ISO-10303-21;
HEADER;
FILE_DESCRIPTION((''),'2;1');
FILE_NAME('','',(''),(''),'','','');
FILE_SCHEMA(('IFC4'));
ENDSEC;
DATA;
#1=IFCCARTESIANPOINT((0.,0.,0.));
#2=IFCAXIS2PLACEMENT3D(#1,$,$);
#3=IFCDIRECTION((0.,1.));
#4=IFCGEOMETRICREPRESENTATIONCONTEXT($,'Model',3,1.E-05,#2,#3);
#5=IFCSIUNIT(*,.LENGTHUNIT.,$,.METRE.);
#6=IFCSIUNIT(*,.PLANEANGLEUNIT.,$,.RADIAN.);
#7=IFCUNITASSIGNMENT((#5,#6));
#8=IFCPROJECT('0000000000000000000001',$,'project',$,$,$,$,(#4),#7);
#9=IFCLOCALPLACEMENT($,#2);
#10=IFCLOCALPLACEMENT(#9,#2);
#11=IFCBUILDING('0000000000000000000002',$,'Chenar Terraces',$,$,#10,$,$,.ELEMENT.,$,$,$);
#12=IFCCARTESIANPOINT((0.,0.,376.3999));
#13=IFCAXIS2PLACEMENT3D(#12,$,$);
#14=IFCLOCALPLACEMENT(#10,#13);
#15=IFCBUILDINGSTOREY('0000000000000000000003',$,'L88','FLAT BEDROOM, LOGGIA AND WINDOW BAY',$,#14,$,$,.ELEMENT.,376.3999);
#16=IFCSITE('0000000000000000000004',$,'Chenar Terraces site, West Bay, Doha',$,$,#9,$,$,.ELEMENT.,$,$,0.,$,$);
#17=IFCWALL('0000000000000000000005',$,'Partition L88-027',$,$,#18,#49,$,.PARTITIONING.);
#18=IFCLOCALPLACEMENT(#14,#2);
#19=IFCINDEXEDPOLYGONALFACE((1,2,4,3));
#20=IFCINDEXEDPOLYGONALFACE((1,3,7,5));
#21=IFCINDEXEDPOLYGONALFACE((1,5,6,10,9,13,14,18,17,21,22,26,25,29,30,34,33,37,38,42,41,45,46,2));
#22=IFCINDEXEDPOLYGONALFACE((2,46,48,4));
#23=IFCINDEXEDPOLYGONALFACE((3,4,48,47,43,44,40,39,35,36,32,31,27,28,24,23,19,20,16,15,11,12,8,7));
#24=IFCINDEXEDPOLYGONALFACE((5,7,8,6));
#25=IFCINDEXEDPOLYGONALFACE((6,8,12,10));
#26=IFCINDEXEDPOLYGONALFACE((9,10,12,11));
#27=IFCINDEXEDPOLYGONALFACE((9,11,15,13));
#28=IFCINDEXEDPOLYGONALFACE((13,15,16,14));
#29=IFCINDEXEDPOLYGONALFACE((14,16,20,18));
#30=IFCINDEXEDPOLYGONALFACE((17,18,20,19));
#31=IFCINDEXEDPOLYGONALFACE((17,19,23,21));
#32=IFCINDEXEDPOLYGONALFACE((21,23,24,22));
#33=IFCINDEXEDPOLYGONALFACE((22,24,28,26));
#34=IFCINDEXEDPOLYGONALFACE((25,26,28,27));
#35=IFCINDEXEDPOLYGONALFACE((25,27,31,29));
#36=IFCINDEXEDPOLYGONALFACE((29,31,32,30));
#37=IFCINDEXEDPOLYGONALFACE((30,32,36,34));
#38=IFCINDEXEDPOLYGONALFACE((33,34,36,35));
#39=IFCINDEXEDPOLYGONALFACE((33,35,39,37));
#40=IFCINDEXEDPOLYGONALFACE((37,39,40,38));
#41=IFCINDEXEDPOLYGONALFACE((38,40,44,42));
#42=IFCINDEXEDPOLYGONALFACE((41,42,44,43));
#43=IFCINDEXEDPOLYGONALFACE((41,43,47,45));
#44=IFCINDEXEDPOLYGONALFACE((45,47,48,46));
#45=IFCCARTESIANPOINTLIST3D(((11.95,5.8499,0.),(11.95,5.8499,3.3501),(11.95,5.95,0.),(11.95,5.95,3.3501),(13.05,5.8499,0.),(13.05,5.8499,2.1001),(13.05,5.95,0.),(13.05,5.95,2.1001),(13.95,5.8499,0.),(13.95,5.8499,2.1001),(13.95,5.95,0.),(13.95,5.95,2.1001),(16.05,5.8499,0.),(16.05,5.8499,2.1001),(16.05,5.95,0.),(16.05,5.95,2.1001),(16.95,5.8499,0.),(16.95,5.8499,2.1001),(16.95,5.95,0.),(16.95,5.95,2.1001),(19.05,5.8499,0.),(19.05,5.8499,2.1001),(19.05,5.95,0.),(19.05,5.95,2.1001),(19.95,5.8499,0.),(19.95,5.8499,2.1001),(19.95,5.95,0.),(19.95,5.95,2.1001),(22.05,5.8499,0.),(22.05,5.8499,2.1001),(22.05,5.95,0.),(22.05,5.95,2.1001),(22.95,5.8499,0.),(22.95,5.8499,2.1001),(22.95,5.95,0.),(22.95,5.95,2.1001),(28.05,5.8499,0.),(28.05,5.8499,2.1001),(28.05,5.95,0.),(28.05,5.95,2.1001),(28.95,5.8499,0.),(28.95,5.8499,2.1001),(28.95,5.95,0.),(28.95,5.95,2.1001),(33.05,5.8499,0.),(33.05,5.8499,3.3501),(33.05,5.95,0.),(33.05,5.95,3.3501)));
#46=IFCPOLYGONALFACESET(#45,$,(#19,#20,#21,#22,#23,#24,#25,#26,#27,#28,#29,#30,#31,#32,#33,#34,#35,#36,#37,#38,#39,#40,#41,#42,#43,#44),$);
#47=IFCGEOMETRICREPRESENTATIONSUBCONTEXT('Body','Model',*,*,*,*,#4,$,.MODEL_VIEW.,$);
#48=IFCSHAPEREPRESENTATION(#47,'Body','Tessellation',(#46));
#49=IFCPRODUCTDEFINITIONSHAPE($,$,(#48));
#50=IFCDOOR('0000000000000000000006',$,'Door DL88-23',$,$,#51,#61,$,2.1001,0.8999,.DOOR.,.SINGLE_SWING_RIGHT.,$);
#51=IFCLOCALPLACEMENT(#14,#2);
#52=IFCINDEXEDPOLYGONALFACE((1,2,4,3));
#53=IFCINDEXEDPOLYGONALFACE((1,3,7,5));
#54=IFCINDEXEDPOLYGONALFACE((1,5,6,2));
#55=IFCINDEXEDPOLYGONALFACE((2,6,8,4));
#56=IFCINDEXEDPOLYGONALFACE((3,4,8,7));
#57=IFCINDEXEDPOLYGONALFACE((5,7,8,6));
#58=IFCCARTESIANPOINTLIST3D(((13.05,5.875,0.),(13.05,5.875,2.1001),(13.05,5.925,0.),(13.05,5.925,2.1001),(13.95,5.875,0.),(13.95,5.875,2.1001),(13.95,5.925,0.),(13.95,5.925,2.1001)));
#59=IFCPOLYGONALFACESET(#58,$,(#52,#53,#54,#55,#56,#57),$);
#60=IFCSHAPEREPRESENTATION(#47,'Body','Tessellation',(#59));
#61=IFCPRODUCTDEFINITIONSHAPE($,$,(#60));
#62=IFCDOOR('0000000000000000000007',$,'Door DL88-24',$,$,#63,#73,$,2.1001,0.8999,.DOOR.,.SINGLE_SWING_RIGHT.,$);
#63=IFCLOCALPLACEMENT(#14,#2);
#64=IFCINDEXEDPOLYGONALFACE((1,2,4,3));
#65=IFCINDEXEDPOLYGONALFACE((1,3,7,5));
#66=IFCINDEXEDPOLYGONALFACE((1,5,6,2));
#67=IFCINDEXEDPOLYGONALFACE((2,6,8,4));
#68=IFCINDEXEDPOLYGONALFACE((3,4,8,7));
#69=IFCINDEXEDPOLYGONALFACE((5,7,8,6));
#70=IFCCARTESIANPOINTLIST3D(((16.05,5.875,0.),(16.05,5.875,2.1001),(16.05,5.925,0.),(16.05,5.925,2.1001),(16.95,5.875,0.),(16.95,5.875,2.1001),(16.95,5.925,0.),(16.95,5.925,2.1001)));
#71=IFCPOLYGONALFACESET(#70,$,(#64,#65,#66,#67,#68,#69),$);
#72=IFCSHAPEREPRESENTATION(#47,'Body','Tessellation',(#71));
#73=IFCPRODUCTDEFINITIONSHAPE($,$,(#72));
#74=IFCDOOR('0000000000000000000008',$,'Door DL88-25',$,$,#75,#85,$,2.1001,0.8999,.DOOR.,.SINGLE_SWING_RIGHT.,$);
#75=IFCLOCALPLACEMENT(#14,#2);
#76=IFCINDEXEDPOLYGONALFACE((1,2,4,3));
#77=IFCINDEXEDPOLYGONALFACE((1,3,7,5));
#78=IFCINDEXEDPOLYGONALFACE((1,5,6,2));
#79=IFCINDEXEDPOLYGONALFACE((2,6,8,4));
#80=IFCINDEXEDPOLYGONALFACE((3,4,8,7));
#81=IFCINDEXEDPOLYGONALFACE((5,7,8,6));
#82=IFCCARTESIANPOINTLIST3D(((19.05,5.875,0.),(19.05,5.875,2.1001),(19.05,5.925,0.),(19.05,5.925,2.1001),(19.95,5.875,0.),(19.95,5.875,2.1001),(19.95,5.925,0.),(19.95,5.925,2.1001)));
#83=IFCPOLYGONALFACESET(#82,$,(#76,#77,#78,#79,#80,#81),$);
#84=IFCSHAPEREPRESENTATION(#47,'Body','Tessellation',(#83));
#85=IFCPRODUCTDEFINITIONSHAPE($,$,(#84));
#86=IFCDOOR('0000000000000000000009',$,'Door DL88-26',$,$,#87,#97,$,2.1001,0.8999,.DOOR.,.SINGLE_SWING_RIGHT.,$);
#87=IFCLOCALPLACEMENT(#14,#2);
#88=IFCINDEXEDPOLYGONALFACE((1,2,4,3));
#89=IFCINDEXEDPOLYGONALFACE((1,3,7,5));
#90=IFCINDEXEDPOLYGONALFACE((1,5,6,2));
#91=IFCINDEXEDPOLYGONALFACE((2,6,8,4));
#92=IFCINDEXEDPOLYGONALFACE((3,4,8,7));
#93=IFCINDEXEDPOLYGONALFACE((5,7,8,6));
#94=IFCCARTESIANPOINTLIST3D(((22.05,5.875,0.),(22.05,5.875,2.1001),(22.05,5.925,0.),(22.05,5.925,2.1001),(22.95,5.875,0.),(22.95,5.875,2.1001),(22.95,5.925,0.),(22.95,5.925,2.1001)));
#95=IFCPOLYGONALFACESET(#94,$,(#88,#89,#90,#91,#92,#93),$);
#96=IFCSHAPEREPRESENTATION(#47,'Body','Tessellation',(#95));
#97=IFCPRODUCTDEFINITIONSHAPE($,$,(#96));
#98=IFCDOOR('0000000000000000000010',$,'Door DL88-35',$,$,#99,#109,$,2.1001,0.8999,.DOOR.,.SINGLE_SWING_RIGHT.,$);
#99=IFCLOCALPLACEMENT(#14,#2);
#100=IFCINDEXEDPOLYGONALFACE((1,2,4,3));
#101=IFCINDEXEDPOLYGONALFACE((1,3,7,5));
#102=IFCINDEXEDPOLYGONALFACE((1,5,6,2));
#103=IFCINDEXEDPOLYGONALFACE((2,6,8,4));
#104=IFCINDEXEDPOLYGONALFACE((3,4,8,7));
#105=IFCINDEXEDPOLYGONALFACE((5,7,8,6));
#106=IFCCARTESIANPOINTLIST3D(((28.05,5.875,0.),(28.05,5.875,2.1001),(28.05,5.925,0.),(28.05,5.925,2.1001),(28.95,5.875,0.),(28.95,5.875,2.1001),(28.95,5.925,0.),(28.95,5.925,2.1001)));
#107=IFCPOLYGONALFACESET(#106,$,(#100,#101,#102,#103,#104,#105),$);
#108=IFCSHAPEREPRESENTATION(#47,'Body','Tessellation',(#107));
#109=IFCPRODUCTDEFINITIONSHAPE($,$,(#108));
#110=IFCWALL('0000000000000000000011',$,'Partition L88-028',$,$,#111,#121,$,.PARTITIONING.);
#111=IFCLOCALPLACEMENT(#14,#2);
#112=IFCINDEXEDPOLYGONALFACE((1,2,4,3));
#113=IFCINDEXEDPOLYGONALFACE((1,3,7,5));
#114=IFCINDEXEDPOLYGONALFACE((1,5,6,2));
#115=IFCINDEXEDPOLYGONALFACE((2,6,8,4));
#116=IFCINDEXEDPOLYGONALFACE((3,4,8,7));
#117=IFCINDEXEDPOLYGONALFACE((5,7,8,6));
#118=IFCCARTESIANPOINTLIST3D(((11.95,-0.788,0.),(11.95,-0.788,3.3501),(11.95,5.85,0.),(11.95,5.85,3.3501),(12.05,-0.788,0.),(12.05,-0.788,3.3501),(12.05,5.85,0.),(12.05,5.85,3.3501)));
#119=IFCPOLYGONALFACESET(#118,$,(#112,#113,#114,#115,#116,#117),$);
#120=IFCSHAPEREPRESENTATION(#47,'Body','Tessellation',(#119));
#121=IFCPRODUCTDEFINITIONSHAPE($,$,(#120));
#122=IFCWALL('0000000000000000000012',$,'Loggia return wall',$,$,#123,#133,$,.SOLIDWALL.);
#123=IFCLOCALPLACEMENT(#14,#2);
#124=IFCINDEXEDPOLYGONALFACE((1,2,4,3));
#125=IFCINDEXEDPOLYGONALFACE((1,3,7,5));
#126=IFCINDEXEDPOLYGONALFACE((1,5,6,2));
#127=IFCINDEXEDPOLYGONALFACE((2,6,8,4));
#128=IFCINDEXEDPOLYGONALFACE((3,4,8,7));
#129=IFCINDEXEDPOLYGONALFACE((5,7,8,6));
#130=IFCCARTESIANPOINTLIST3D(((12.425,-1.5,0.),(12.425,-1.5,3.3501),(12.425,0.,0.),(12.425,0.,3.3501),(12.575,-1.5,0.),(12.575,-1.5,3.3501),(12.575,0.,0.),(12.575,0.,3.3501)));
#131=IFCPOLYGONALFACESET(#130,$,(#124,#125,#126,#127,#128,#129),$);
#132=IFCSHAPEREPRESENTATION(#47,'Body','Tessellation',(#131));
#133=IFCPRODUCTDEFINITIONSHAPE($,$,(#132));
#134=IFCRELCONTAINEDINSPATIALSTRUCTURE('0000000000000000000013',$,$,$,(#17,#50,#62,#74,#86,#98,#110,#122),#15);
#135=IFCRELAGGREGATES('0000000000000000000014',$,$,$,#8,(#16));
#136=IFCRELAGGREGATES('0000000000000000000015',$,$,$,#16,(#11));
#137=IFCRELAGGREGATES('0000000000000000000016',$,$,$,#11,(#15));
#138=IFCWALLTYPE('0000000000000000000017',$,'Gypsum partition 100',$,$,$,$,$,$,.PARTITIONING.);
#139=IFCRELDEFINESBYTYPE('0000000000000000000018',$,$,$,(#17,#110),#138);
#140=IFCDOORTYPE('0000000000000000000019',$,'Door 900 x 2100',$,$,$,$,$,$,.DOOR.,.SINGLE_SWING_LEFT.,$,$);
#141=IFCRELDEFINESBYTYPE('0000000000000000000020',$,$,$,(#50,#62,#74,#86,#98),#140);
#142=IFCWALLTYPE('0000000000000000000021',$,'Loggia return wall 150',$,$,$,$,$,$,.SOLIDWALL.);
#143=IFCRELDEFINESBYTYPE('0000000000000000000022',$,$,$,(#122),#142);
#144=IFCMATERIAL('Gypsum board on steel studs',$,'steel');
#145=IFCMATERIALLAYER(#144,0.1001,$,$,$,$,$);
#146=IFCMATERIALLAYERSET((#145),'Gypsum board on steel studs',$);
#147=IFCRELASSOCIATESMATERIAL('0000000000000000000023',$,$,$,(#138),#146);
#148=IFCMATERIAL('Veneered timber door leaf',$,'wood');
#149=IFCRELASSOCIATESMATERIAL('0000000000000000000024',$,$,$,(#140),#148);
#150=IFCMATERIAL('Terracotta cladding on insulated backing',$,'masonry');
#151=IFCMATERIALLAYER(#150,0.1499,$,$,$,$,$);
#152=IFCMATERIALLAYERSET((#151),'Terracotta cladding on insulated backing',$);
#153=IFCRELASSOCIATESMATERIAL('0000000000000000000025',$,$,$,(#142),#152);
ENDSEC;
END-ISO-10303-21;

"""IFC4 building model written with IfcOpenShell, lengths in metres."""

from ifc_helpers import new_model, si_unit, direction, frame, frame_2d, origin, place, context, subcontext, project, spatial, rectangle, extrude, material, layer, layer_set, type_object, element, fill, save


model = new_model("IFC4")

# Units and contexts
model_context = context("Model", 3, precision=1e-05, world=origin(), true_north=direction((0.0, 1.0)))
body_context = subcontext(model_context, "Body", "Model", "MODEL_VIEW")
ifc_project = project(units=[si_unit("LENGTHUNIT", "METRE"), si_unit("PLANEANGLEUNIT", "RADIAN")], contexts=[model_context])

# Site, building, storey
site_placement = place(None, origin())
site = spatial("IfcSite", under=ifc_project, at=site_placement, Name="Chenar Terraces site, West Bay, Doha", CompositionType="ELEMENT", RefElevation=0.0)
building_placement = place(site_placement, origin())
building = spatial("IfcBuilding", under=site, at=building_placement, Name="Chenar Terraces", CompositionType="ELEMENT")
storey_placement = place(building_placement, frame((0.0, 0.0, 376.3999)))
storey = spatial("IfcBuildingStorey", under=building, at=storey_placement, Name="L88", Description="FLAT BEDROOM, LOGGIA AND WINDOW BAY", CompositionType="ELEMENT", Elevation=376.3999)

# Shared definitions
ifc_material_1 = material(Name="Gypsum board on steel studs", Category="steel")
ifc_layer_1 = layer(ifc_material_1, 0.1001)
ifc_layer_set_1 = layer_set([ifc_layer_1], Name="Gypsum board on steel studs")
wall_type_1 = type_object("IfcWallType", Name="Gypsum partition 100", PredefinedType="PARTITIONING", material=ifc_layer_set_1)
ifc_material_2 = material(Name="Veneered timber door leaf", Category="wood")
door_type_1 = type_object("IfcDoorType", Name="Door 900 x 2100", OperationType="SINGLE_SWING_LEFT", PredefinedType="DOOR", material=ifc_material_2)

# Wall, openings, doors
wall_1_placement = place(storey_placement, frame((11.95, 5.8999, 0.0), z_axis=(0.0, 0.0, 1.0), x_axis=(1.0, 0.0, 0.0)))
wall_1 = element("IfcWall", 1, at=wall_1_placement, inside=storey, type_object=wall_type_1, Name="Partition L88-027", PredefinedType="PARTITIONING", context=body_context, shape_type="SweptSolid", body=[
    extrude(rectangle(XDim=21.1001, YDim=0.1001, at=frame_2d((10.55, 0.0))), origin(), (0.0, 0.0, 1.0), 3.3501),
])
opening_1_placement = place(wall_1_placement, frame((1.1001, 0.0, 0.0)))
opening_1 = element("IfcOpeningElement", 2, at=opening_1_placement, cuts=wall_1, PredefinedType="OPENING", context=body_context, shape_type="SweptSolid", body=[
    extrude(rectangle(XDim=0.8999, YDim=2.1001, at=frame_2d((0.45, 1.05))), frame((0.0, 0.0601, 0.0), z_axis=(0.0, -1.0, 0.0), x_axis=(1.0, 0.0, 0.0)), (0.0, 0.0, 1.0), 0.1201),
])
opening_2_placement = place(wall_1_placement, frame((4.1001, 0.0, 0.0)))
opening_2 = element("IfcOpeningElement", 3, at=opening_2_placement, cuts=wall_1, PredefinedType="OPENING", context=body_context, shape_type="SweptSolid", body=[
    extrude(rectangle(XDim=0.8999, YDim=2.1001, at=frame_2d((0.45, 1.05))), frame((0.0, 0.0601, 0.0), z_axis=(0.0, -1.0, 0.0), x_axis=(1.0, 0.0, 0.0)), (0.0, 0.0, 1.0), 0.1201),
])
opening_3_placement = place(wall_1_placement, frame((7.1001, 0.0, 0.0)))
opening_3 = element("IfcOpeningElement", 4, at=opening_3_placement, cuts=wall_1, PredefinedType="OPENING", context=body_context, shape_type="SweptSolid", body=[
    extrude(rectangle(XDim=0.8999, YDim=2.1001, at=frame_2d((0.45, 1.05))), frame((0.0, 0.0601, 0.0), z_axis=(0.0, -1.0, 0.0), x_axis=(1.0, 0.0, 0.0)), (0.0, 0.0, 1.0), 0.1201),
])
opening_4_placement = place(wall_1_placement, frame((10.1001, 0.0, 0.0)))
opening_4 = element("IfcOpeningElement", 5, at=opening_4_placement, cuts=wall_1, PredefinedType="OPENING", context=body_context, shape_type="SweptSolid", body=[
    extrude(rectangle(XDim=0.8999, YDim=2.1001, at=frame_2d((0.45, 1.05))), frame((0.0, 0.0601, 0.0), z_axis=(0.0, -1.0, 0.0), x_axis=(1.0, 0.0, 0.0)), (0.0, 0.0, 1.0), 0.1201),
])
opening_5_placement = place(wall_1_placement, frame((16.1001, 0.0, 0.0)))
opening_5 = element("IfcOpeningElement", 6, at=opening_5_placement, cuts=wall_1, PredefinedType="OPENING", context=body_context, shape_type="SweptSolid", body=[
    extrude(rectangle(XDim=0.8999, YDim=2.1001, at=frame_2d((0.45, 1.05))), frame((0.0, 0.0601, 0.0), z_axis=(0.0, -1.0, 0.0), x_axis=(1.0, 0.0, 0.0)), (0.0, 0.0, 1.0), 0.1201),
])
door_1_placement = place(opening_1_placement, frame((0.8999, 0.0, 0.0), z_axis=(0.0, 0.0, 1.0), x_axis=(-1.0, 0.0, 0.0)))
door_1 = element("IfcDoor", 7, at=door_1_placement, inside=storey, type_object=door_type_1, Name="Door DL88-23", OperationType="SINGLE_SWING_RIGHT", OverallHeight=2.1001, OverallWidth=0.8999, PredefinedType="DOOR", context=body_context, shape_type="SweptSolid", body=[
    extrude(rectangle(XDim=0.8999, YDim=2.1001, at=frame_2d((0.45, 1.05))), frame((0.0, 0.0249, 0.0), z_axis=(0.0, -1.0, 0.0), x_axis=(1.0, 0.0, 0.0)), (0.0, 0.0, 1.0), 0.05),
])
fill(opening_1, door_1)
door_2_placement = place(opening_2_placement, frame((0.8999, 0.0, 0.0), z_axis=(0.0, 0.0, 1.0), x_axis=(-1.0, 0.0, 0.0)))
door_2 = element("IfcDoor", 8, at=door_2_placement, inside=storey, type_object=door_type_1, Name="Door DL88-24", OperationType="SINGLE_SWING_RIGHT", OverallHeight=2.1001, OverallWidth=0.8999, PredefinedType="DOOR", context=body_context, shape_type="SweptSolid", body=[
    extrude(rectangle(XDim=0.8999, YDim=2.1001, at=frame_2d((0.45, 1.05))), frame((0.0, 0.0249, 0.0), z_axis=(0.0, -1.0, 0.0), x_axis=(1.0, 0.0, 0.0)), (0.0, 0.0, 1.0), 0.05),
])
fill(opening_2, door_2)
door_3_placement = place(opening_3_placement, frame((0.8999, 0.0, 0.0), z_axis=(0.0, 0.0, 1.0), x_axis=(-1.0, 0.0, 0.0)))
door_3 = element("IfcDoor", 9, at=door_3_placement, inside=storey, type_object=door_type_1, Name="Door DL88-25", OperationType="SINGLE_SWING_RIGHT", OverallHeight=2.1001, OverallWidth=0.8999, PredefinedType="DOOR", context=body_context, shape_type="SweptSolid", body=[
    extrude(rectangle(XDim=0.8999, YDim=2.1001, at=frame_2d((0.45, 1.05))), frame((0.0, 0.0249, 0.0), z_axis=(0.0, -1.0, 0.0), x_axis=(1.0, 0.0, 0.0)), (0.0, 0.0, 1.0), 0.05),
])
fill(opening_3, door_3)
door_4_placement = place(opening_4_placement, frame((0.8999, 0.0, 0.0), z_axis=(0.0, 0.0, 1.0), x_axis=(-1.0, 0.0, 0.0)))
door_4 = element("IfcDoor", 10, at=door_4_placement, inside=storey, type_object=door_type_1, Name="Door DL88-26", OperationType="SINGLE_SWING_RIGHT", OverallHeight=2.1001, OverallWidth=0.8999, PredefinedType="DOOR", context=body_context, shape_type="SweptSolid", body=[
    extrude(rectangle(XDim=0.8999, YDim=2.1001, at=frame_2d((0.45, 1.05))), frame((0.0, 0.0249, 0.0), z_axis=(0.0, -1.0, 0.0), x_axis=(1.0, 0.0, 0.0)), (0.0, 0.0, 1.0), 0.05),
])
fill(opening_4, door_4)
door_5_placement = place(opening_5_placement, frame((0.8999, 0.0, 0.0), z_axis=(0.0, 0.0, 1.0), x_axis=(-1.0, 0.0, 0.0)))
door_5 = element("IfcDoor", 11, at=door_5_placement, inside=storey, type_object=door_type_1, Name="Door DL88-35", OperationType="SINGLE_SWING_RIGHT", OverallHeight=2.1001, OverallWidth=0.8999, PredefinedType="DOOR", context=body_context, shape_type="SweptSolid", body=[
    extrude(rectangle(XDim=0.8999, YDim=2.1001, at=frame_2d((0.45, 1.05))), frame((0.0, 0.0249, 0.0), z_axis=(0.0, -1.0, 0.0), x_axis=(1.0, 0.0, 0.0)), (0.0, 0.0, 1.0), 0.05),
])
fill(opening_5, door_5)

# Walls
wall_2_placement = place(storey_placement, frame((12.0, -0.7878, 0.0), z_axis=(0.0, 0.0, 1.0), x_axis=(0.0, 1.0, 0.0)))
element("IfcWall", 12, at=wall_2_placement, inside=storey, type_object=wall_type_1, Name="Partition L88-028", PredefinedType="PARTITIONING", context=body_context, shape_type="SweptSolid", body=[
    extrude(rectangle(XDim=6.6379, YDim=0.1001, at=frame_2d((3.3188, 0.0))), origin(), (0.0, 0.0, 1.0), 3.3501),
])
ifc_material_3 = material(Name="Terracotta cladding on insulated backing", Category="masonry")
ifc_layer_2 = layer(ifc_material_3, 0.1499)
ifc_layer_set_2 = layer_set([ifc_layer_2], Name="Terracotta cladding on insulated backing")
wall_type_2 = type_object("IfcWallType", Name="Loggia return wall 150", PredefinedType="SOLIDWALL", material=ifc_layer_set_2)
wall_3_placement = place(storey_placement, frame((12.5, -1.5, 0.0), z_axis=(0.0, 0.0, 1.0), x_axis=(0.0, 1.0, 0.0)))
element("IfcWall", 13, at=wall_3_placement, inside=storey, type_object=wall_type_2, Name="Loggia return wall", PredefinedType="SOLIDWALL", context=body_context, shape_type="SweptSolid", body=[
    extrude(rectangle(XDim=1.5, YDim=0.1499, at=frame_2d((0.75, 0.0))), origin(), (0.0, 0.0, 1.0), 3.3501),
])

save(model, "model.ifc")
